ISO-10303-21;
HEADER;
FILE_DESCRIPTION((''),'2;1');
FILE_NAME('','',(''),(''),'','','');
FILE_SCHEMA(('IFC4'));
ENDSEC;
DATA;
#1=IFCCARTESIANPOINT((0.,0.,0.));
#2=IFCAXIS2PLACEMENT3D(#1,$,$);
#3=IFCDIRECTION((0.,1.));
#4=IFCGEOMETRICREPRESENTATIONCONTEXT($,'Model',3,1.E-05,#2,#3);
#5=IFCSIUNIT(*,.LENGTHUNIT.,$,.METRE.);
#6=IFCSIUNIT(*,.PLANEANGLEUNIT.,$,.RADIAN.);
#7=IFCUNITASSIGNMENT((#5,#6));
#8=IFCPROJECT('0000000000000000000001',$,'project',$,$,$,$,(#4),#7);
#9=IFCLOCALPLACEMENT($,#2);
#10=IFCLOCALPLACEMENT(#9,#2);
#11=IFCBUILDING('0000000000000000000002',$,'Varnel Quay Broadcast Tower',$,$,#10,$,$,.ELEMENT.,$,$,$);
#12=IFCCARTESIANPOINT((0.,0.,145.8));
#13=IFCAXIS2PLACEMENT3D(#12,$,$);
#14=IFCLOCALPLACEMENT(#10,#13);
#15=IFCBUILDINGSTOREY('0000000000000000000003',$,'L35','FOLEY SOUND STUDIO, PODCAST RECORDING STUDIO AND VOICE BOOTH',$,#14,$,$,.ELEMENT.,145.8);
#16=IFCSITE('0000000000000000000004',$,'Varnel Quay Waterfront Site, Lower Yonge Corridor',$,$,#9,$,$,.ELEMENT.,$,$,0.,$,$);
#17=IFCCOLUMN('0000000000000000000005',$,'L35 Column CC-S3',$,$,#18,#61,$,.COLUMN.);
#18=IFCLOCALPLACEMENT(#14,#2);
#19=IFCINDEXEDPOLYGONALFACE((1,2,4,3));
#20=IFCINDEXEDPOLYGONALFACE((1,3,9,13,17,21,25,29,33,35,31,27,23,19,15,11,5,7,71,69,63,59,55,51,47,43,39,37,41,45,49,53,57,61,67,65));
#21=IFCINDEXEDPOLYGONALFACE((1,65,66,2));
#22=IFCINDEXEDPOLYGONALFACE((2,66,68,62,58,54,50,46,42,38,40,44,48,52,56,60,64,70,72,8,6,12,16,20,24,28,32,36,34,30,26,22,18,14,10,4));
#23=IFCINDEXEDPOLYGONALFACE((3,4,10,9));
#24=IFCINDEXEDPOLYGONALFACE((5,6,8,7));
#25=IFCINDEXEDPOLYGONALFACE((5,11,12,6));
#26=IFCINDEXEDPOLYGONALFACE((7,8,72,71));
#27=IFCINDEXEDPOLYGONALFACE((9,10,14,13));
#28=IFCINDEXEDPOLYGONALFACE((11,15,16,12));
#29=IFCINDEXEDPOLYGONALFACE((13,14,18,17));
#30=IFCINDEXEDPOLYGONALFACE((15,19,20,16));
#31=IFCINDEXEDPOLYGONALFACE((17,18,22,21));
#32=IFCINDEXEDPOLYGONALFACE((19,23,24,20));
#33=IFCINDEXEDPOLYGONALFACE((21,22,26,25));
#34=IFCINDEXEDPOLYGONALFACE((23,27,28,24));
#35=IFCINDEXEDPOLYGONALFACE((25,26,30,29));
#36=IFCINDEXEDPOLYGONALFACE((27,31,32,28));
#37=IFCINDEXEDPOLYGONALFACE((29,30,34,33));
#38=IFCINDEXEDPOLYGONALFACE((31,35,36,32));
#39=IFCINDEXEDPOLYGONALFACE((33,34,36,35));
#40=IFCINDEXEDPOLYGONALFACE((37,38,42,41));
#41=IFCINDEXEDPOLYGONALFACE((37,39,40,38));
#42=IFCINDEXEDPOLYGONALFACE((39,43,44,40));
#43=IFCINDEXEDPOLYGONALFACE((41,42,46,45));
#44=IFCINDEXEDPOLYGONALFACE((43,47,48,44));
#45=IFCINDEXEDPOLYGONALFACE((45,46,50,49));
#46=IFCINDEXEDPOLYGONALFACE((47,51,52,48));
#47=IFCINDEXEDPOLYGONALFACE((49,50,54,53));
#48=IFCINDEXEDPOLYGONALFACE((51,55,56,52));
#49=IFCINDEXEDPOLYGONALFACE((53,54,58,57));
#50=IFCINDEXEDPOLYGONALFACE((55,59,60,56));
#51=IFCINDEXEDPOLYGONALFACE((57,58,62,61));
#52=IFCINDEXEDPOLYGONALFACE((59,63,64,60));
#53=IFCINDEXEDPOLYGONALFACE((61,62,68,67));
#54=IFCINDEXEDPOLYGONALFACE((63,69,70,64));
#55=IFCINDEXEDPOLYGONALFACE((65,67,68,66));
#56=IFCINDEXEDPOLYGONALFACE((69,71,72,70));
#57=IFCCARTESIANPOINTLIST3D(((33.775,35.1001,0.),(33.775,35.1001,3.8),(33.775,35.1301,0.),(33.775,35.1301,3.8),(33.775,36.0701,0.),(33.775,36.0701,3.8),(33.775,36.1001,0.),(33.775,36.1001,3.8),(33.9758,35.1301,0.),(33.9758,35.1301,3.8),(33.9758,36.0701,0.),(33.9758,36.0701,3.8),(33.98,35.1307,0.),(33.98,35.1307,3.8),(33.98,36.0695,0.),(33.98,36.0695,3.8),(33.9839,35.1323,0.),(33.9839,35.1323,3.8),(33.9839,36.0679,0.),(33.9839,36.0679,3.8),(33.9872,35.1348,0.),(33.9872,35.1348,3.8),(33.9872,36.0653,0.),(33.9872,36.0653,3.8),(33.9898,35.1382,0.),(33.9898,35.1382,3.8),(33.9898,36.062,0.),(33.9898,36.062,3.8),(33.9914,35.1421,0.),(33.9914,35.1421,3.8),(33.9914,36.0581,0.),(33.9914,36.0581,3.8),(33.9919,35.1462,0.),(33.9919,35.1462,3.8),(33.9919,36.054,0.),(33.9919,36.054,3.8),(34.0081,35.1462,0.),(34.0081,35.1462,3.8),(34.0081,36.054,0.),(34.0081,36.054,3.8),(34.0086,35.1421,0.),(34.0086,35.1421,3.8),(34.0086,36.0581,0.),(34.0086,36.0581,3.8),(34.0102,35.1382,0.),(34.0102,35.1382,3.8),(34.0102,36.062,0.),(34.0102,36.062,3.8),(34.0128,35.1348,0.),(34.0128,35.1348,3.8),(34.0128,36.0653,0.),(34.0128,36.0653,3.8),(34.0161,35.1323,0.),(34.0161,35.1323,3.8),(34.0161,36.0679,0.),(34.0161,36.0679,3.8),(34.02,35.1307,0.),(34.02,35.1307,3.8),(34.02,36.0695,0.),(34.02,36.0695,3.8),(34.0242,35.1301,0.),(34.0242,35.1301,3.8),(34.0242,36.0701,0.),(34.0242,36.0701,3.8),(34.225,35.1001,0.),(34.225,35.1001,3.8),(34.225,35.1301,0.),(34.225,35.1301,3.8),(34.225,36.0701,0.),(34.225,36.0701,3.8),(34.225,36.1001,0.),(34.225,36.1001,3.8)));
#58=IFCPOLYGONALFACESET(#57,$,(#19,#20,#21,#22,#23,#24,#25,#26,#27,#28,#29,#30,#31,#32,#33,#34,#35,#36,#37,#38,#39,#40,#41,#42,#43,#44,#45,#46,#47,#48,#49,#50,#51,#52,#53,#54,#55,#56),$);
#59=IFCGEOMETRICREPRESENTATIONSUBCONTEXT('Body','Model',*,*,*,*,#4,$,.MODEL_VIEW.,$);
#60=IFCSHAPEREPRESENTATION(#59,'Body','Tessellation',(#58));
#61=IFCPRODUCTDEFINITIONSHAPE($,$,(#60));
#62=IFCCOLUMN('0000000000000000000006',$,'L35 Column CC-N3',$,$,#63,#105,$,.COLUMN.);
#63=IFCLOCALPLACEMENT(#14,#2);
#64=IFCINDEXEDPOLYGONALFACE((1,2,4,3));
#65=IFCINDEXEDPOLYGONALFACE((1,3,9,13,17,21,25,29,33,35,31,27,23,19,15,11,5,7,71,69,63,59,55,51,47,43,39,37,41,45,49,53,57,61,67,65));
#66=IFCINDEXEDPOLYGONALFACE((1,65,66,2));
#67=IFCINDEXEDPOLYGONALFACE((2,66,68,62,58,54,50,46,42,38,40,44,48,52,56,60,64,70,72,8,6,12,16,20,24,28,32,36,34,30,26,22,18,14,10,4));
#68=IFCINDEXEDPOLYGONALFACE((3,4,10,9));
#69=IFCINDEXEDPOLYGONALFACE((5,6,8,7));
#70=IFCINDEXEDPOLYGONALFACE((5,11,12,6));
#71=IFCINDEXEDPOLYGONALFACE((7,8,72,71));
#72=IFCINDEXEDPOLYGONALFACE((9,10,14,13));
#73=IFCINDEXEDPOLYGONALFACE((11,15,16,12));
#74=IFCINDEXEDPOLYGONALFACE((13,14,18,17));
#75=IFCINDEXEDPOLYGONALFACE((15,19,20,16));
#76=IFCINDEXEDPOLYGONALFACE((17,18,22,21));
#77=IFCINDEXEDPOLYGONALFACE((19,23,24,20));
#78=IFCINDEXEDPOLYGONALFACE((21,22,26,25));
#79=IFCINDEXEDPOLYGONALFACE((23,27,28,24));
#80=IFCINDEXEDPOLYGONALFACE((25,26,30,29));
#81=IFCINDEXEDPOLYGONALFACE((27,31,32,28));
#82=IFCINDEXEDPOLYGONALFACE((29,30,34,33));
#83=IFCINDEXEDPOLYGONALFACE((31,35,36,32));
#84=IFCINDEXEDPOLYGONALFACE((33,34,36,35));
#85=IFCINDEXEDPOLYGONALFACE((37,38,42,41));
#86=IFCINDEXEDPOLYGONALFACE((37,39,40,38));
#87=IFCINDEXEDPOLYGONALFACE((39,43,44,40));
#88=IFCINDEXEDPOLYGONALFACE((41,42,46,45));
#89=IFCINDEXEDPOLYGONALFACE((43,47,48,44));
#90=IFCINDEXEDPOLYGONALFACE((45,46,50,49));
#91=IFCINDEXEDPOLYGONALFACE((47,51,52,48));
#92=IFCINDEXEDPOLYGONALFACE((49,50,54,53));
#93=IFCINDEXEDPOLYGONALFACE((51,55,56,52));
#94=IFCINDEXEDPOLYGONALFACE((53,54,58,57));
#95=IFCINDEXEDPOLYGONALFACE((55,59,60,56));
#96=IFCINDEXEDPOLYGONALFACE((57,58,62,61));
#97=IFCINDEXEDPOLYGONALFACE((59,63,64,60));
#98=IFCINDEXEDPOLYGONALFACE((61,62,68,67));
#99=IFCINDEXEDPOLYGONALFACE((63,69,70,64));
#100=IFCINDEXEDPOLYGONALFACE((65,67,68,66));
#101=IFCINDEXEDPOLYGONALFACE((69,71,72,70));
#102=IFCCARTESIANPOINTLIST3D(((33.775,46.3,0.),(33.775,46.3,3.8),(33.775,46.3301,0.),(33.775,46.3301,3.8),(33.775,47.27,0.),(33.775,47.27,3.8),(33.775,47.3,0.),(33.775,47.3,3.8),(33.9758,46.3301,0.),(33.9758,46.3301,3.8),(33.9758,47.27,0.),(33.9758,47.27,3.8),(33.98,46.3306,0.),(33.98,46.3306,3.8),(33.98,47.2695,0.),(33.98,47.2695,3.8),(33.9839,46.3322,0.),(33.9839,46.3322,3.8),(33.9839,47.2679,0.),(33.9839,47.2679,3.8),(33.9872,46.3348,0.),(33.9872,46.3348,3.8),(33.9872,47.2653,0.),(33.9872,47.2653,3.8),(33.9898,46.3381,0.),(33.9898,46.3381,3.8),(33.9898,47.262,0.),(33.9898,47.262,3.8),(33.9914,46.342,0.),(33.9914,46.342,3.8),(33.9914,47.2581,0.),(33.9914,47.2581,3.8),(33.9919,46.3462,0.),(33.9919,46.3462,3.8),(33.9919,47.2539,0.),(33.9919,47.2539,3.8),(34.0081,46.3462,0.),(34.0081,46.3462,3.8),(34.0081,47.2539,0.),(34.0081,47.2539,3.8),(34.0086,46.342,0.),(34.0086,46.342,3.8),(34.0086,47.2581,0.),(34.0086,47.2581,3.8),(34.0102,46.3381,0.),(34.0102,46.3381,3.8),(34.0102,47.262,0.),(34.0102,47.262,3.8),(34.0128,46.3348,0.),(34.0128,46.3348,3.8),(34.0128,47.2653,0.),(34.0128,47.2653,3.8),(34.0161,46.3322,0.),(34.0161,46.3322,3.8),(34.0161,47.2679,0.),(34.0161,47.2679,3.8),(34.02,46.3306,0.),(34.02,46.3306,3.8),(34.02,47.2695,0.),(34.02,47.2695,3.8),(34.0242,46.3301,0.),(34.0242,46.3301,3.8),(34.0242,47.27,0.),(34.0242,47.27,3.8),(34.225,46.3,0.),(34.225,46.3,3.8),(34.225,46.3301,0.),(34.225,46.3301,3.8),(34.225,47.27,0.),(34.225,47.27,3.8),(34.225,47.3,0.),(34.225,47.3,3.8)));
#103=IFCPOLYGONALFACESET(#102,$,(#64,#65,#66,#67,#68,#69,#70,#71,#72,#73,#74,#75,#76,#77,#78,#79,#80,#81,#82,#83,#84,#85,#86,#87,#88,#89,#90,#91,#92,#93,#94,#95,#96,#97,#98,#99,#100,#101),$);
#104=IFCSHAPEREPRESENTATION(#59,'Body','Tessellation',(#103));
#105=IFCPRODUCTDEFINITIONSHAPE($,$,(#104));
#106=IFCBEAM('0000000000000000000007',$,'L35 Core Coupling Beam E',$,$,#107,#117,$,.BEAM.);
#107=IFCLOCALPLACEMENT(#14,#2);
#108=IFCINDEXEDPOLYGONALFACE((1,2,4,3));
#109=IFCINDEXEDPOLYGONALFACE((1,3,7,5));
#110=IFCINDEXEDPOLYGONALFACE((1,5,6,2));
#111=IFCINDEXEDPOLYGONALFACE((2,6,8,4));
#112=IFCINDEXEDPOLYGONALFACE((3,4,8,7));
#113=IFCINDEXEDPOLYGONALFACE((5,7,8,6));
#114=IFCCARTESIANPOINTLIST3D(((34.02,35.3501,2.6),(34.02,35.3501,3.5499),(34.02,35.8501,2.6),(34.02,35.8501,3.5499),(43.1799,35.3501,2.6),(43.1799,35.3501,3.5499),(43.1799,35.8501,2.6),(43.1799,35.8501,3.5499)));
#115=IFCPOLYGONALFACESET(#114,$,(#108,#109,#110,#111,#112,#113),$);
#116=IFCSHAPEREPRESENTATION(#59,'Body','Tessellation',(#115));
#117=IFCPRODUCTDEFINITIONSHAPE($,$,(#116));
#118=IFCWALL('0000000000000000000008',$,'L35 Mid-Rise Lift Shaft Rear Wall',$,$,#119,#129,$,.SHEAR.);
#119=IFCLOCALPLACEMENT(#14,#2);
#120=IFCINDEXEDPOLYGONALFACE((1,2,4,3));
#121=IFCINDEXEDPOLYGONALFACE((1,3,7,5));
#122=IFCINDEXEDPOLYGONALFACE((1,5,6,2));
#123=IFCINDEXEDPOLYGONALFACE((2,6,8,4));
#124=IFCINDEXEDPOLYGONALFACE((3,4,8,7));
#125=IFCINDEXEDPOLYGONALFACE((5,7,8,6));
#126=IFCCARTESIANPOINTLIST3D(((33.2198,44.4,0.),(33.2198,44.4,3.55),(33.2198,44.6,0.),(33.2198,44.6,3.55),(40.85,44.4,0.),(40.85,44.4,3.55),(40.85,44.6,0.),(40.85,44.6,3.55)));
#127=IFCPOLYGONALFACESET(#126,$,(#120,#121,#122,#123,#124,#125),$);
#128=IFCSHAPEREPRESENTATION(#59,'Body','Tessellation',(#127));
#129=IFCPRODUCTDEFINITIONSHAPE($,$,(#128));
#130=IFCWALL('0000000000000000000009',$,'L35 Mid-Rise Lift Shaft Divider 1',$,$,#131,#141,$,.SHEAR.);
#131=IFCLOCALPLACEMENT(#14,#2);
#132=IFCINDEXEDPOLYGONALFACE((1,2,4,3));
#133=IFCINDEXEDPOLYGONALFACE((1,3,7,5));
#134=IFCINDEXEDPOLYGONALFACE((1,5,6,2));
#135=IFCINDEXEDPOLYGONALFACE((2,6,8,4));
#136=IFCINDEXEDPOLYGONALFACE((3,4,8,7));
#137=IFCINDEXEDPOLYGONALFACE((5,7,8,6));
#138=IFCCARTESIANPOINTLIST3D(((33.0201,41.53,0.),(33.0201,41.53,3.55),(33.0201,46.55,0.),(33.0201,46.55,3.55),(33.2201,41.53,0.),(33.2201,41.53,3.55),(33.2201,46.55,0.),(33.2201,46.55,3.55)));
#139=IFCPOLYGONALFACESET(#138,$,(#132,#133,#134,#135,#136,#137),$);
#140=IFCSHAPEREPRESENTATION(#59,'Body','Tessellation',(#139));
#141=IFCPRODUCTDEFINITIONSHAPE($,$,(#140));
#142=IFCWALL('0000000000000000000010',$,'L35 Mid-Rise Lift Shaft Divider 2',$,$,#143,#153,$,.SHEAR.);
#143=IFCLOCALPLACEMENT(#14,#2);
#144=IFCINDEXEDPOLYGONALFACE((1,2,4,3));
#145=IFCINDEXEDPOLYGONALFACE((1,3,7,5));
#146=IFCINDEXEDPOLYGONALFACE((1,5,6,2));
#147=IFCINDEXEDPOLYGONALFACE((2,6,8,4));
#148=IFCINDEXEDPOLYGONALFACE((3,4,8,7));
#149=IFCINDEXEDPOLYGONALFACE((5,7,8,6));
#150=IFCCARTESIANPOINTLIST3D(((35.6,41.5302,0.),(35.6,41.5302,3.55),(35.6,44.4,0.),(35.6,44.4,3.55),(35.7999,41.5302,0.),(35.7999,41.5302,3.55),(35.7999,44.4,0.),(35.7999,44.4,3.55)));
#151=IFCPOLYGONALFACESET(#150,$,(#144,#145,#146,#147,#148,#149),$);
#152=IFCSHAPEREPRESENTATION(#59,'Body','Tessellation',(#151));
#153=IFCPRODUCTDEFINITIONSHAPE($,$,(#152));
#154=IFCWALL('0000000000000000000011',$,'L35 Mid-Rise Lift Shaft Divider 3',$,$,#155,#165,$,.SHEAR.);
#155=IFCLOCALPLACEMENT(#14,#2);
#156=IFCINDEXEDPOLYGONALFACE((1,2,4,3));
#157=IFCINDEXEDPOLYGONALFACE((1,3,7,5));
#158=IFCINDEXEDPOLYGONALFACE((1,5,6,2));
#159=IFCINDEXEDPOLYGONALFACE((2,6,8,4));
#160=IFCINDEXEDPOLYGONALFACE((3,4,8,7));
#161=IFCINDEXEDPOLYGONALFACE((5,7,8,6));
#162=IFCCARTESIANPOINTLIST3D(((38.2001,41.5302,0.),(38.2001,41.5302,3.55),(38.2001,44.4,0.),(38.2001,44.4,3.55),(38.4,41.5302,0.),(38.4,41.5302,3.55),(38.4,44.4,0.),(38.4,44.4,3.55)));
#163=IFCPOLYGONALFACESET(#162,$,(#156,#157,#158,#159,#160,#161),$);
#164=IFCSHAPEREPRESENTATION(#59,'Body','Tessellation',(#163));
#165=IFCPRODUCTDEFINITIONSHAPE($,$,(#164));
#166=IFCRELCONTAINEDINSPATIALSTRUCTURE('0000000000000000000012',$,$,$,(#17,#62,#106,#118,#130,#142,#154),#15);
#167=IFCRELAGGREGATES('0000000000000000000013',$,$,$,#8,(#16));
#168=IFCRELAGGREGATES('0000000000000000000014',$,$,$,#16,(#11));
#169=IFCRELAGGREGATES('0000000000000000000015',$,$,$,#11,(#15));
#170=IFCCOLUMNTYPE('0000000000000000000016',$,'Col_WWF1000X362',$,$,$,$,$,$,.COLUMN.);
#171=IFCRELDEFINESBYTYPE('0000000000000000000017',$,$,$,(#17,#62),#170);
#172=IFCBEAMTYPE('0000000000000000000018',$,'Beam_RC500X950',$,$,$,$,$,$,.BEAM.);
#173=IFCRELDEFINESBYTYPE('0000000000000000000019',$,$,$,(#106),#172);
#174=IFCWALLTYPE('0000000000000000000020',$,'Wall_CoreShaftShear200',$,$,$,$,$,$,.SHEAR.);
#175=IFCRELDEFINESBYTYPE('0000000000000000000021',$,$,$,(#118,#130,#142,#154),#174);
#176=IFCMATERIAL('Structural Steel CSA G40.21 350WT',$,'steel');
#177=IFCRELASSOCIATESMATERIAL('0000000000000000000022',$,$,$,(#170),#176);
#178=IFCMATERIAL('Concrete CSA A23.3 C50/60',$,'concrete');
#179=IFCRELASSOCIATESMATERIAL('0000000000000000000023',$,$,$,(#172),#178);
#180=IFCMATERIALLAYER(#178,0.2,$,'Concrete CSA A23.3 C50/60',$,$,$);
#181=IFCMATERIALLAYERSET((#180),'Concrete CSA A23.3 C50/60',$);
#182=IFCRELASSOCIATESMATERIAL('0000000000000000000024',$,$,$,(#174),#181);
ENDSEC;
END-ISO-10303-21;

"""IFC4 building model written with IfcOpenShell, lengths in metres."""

from ifc_helpers import new_model, si_unit, direction, frame, frame_2d, origin, origin_2d, place, context, subcontext, project, spatial, rectangle, i_section, extrude, source, transform, mapped, material, layer, layer_set, material_profile, profile_set, type_object, type_shapes, element, save


model = new_model("IFC4")

# Units and contexts
model_context = context("Model", 3, precision=1e-05, world=origin(), true_north=direction((0.0, 1.0)))
body_context = subcontext(model_context, "Body", "Model", "MODEL_VIEW")
ifc_project = project(units=[si_unit("LENGTHUNIT", "METRE"), si_unit("PLANEANGLEUNIT", "RADIAN")], contexts=[model_context])

# Site, building, storey
site_placement = place(None, origin())
site = spatial("IfcSite", under=ifc_project, at=site_placement, Name="Varnel Quay Waterfront Site, Lower Yonge Corridor", CompositionType="ELEMENT", RefElevation=0.0)
building_placement = place(site_placement, origin())
building = spatial("IfcBuilding", under=site, at=building_placement, Name="Varnel Quay Broadcast Tower", CompositionType="ELEMENT")
storey_placement = place(building_placement, frame((0.0, 0.0, 145.8)))
storey = spatial("IfcBuildingStorey", under=building, at=storey_placement, Name="L35", Description="FOLEY SOUND STUDIO, PODCAST RECORDING STUDIO AND VOICE BOOTH", CompositionType="ELEMENT", Elevation=145.8)

# Columns
ifc_material_1 = material(Name="Structural Steel CSA G40.21 350WT", Category="steel")
ifc_material_profile_1 = material_profile(ifc_material_1, i_section(OverallWidth=0.45, OverallDepth=1.0, WebThickness=0.0161, FlangeThickness=0.03, FilletRadius=0.0161, at=origin_2d()), Name="WWF1000X362")
ifc_profile_set_1 = profile_set([ifc_material_profile_1], Name="Structural Steel CSA G40.21 350WT")
column_type = type_object("IfcColumnType", Name="Col_WWF1000X362", PredefinedType="COLUMN", material=ifc_profile_set_1)
shared_shape_1 = source(origin(), body_context, "Body", "SweptSolid", [
    extrude(i_section(OverallWidth=0.45, OverallDepth=1.0, WebThickness=0.0161, FlangeThickness=0.03, FilletRadius=0.0161, at=origin_2d()), origin(), (0.0, 0.0, 1.0), 3.8),
])
type_shapes(column_type, [shared_shape_1])
for number, where, z_axis, x_axis, name in (
    (1, (34.0, 35.6001, 0.0), (0.0, 0.0, 1.0), (1.0, 0.0, 0.0), "L35 Column CC-S3"),
    (2, (34.0, 46.8, 0.0), (0.0, 0.0, 1.0), (1.0, 0.0, 0.0), "L35 Column CC-N3"),
):
    element("IfcColumn", number, at=place(storey_placement, frame(where, z_axis=z_axis, x_axis=x_axis)), inside=storey, type_object=column_type, Name=name, PredefinedType="COLUMN", context=body_context, shape_type="MappedRepresentation", body=[
        mapped(shared_shape_1, transform((0.0, 0.0, 0.0), x_axis=(1.0, 0.0, 0.0), y_axis=(0.0, 1.0, 0.0), z_axis=(0.0, 0.0, 1.0), scale=1.0)),
    ])

# Beam
ifc_material_2 = material(Name="Concrete CSA A23.3 C50/60", Category="concrete")
ifc_material_profile_2 = material_profile(ifc_material_2, rectangle(XDim=0.5, YDim=0.95, at=origin_2d()), Name="RC500X950")
ifc_profile_set_2 = profile_set([ifc_material_profile_2], Name="Concrete CSA A23.3 C50/60")
beam_type = type_object("IfcBeamType", Name="Beam_RC500X950", PredefinedType="BEAM", material=ifc_profile_set_2)
shared_shape_2 = source(origin(), body_context, "Body", "SweptSolid", [
    extrude(rectangle(XDim=0.5, YDim=0.95, at=origin_2d()), origin(), (0.0, 0.0, 1.0), 9.1599),
])
type_shapes(beam_type, [shared_shape_2])
beam_placement = place(storey_placement, frame((34.02, 35.6001, 3.075), z_axis=(1.0, 0.0, 0.0), x_axis=(0.0, 1.0, 0.0)))
element("IfcBeam", 3, at=beam_placement, inside=storey, type_object=beam_type, Name="L35 Core Coupling Beam E", PredefinedType="BEAM", context=body_context, shape_type="MappedRepresentation", body=[
    mapped(shared_shape_2, transform((0.0, 0.0, 0.0), x_axis=(1.0, 0.0, 0.0), y_axis=(0.0, 1.0, 0.0), z_axis=(0.0, 0.0, 1.0), scale=1.0)),
])

# Walls
ifc_layer_1 = layer(ifc_material_2, 0.2, Name="Concrete CSA A23.3 C50/60")
ifc_layer_set_1 = layer_set([ifc_layer_1], Name="Concrete CSA A23.3 C50/60")
wall_type_1 = type_object("IfcWallType", Name="Wall_CoreShaftShear200", PredefinedType="SHEAR", material=ifc_layer_set_1)
wall_1_placement = place(storey_placement, frame((33.22, 44.5, 0.0), z_axis=(0.0, 0.0, 1.0), x_axis=(1.0, 0.0, 0.0)))
element("IfcWall", 4, at=wall_1_placement, inside=storey, type_object=wall_type_1, Name="L35 Mid-Rise Lift Shaft Rear Wall", PredefinedType="SHEAR", context=body_context, shape_type="SweptSolid", body=[
    extrude(rectangle(XDim=7.6301, YDim=0.2, at=frame_2d((3.8149, 0.0))), origin(), (0.0, 0.0, 1.0), 3.55),
])
wall_2_placement = place(storey_placement, frame((33.1201, 41.53, 0.0), z_axis=(0.0, 0.0, 1.0), x_axis=(0.0, 1.0, 0.0)))
element("IfcWall", 5, at=wall_2_placement, inside=storey, type_object=wall_type_1, Name="L35 Mid-Rise Lift Shaft Divider 1", PredefinedType="SHEAR", context=body_context, shape_type="SweptSolid", body=[
    extrude(rectangle(XDim=5.02, YDim=0.2, at=frame_2d((2.51, 0.0))), origin(), (0.0, 0.0, 1.0), 3.55),
])
for number, where, z_axis, x_axis, name in (
    (6, (35.7, 41.53, 0.0), (0.0, 0.0, 1.0), (0.0, 1.0, 0.0), "L35 Mid-Rise Lift Shaft Divider 2"),
    (7, (38.3, 41.53, 0.0), (0.0, 0.0, 1.0), (0.0, 1.0, 0.0), "L35 Mid-Rise Lift Shaft Divider 3"),
):
    element("IfcWall", number, at=place(storey_placement, frame(where, z_axis=z_axis, x_axis=x_axis)), inside=storey, type_object=wall_type_1, Name=name, PredefinedType="SHEAR", context=body_context, shape_type="SweptSolid", body=[
        extrude(rectangle(XDim=2.8699, YDim=0.2, at=frame_2d((1.4351, 0.0))), origin(), (0.0, 0.0, 1.0), 3.55),
    ])

save(model, "model.ifc")
